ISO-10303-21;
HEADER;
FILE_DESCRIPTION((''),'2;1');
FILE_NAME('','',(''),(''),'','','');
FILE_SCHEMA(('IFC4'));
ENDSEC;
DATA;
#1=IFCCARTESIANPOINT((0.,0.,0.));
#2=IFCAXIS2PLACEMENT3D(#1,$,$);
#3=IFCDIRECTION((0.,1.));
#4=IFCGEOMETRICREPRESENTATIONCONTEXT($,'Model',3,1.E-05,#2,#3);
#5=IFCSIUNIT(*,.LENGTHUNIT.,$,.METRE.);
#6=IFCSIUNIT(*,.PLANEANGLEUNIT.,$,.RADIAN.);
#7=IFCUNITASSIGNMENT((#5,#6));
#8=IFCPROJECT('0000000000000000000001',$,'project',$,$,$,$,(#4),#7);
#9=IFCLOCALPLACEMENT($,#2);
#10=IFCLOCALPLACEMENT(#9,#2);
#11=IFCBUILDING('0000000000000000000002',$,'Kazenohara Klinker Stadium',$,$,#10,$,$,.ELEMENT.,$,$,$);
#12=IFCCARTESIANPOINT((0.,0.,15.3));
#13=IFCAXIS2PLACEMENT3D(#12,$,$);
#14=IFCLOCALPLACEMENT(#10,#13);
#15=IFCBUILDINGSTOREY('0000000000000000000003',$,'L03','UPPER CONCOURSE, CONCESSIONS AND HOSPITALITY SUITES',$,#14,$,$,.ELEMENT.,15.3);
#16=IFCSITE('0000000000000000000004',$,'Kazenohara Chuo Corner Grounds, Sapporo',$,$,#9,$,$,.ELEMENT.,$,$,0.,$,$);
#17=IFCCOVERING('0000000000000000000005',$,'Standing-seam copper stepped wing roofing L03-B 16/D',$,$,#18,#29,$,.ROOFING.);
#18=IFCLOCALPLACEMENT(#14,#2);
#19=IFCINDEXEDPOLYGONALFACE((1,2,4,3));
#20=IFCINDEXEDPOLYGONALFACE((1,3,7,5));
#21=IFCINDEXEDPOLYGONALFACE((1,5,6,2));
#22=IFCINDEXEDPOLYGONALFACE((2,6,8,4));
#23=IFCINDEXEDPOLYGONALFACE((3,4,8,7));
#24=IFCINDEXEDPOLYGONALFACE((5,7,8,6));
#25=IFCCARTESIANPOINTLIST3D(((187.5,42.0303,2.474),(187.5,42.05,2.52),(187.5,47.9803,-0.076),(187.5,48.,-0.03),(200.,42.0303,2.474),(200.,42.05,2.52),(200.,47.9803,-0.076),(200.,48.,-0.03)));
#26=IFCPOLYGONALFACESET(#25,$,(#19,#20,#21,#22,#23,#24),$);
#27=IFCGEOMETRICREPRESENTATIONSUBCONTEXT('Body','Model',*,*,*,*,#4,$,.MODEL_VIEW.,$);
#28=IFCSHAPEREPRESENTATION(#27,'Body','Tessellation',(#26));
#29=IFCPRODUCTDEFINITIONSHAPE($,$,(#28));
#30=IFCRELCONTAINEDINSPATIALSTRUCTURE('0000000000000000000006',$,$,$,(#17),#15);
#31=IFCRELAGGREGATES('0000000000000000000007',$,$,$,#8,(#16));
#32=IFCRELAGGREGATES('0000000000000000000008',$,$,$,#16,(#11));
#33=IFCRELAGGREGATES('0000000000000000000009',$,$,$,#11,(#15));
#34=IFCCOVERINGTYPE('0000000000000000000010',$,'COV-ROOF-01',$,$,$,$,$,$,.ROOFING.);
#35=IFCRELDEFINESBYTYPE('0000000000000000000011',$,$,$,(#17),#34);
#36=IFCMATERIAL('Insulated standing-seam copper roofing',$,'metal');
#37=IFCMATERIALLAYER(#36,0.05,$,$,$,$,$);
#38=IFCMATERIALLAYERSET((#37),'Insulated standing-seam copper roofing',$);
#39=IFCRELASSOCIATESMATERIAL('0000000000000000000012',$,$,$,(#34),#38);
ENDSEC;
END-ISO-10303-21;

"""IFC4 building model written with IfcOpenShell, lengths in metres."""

from ifc_helpers import new_model, si_unit, direction, frame, origin, place, context, subcontext, project, spatial, polyline, outline, extrude, material, layer, layer_set, type_object, element, save


model = new_model("IFC4")

# Units and contexts
model_context = context("Model", 3, precision=1e-05, world=origin(), true_north=direction((0.0, 1.0)))
body_context = subcontext(model_context, "Body", "Model", "MODEL_VIEW")
ifc_project = project(units=[si_unit("LENGTHUNIT", "METRE"), si_unit("PLANEANGLEUNIT", "RADIAN")], contexts=[model_context])

# Site, building, storey
site_placement = place(None, origin())
site = spatial("IfcSite", under=ifc_project, at=site_placement, Name="Kazenohara Chuo Corner Grounds, Sapporo", CompositionType="ELEMENT", RefElevation=0.0)
building_placement = place(site_placement, origin())
building = spatial("IfcBuilding", under=site, at=building_placement, Name="Kazenohara Klinker Stadium", CompositionType="ELEMENT")
storey_placement = place(building_placement, frame((0.0, 0.0, 15.3)))
storey = spatial("IfcBuildingStorey", under=building, at=storey_placement, Name="L03", Description="UPPER CONCOURSE, CONCESSIONS AND HOSPITALITY SUITES", CompositionType="ELEMENT", Elevation=15.3)

# Covering
ifc_material_1 = material(Name="Insulated standing-seam copper roofing", Category="metal")
ifc_layer_1 = layer(ifc_material_1, 0.05)
ifc_layer_set_1 = layer_set([ifc_layer_1], Name="Insulated standing-seam copper roofing")
covering_type = type_object("IfcCoveringType", Name="COV-ROOF-01", PredefinedType="ROOFING", material=ifc_layer_set_1)
covering_placement = place(storey_placement, frame((187.5, 42.05, 2.52), z_axis=(0.0, 0.393928, 0.919141), x_axis=(1.0, 0.0, 0.0)))
element("IfcCovering", 1, at=covering_placement, inside=storey, type_object=covering_type, Name="Standing-seam copper stepped wing roofing L03-B 16/D", PredefinedType="ROOFING", context=body_context, shape_type="SweptSolid", body=[
    extrude(outline(polyline([(0.0, 0.0), (12.5, 0.0), (12.5, 6.4734), (0.0, 6.4734), (0.0, 0.0)])), origin(), (0.0, 0.0, -1.0), 0.05),
])

save(model, "model.ifc")
